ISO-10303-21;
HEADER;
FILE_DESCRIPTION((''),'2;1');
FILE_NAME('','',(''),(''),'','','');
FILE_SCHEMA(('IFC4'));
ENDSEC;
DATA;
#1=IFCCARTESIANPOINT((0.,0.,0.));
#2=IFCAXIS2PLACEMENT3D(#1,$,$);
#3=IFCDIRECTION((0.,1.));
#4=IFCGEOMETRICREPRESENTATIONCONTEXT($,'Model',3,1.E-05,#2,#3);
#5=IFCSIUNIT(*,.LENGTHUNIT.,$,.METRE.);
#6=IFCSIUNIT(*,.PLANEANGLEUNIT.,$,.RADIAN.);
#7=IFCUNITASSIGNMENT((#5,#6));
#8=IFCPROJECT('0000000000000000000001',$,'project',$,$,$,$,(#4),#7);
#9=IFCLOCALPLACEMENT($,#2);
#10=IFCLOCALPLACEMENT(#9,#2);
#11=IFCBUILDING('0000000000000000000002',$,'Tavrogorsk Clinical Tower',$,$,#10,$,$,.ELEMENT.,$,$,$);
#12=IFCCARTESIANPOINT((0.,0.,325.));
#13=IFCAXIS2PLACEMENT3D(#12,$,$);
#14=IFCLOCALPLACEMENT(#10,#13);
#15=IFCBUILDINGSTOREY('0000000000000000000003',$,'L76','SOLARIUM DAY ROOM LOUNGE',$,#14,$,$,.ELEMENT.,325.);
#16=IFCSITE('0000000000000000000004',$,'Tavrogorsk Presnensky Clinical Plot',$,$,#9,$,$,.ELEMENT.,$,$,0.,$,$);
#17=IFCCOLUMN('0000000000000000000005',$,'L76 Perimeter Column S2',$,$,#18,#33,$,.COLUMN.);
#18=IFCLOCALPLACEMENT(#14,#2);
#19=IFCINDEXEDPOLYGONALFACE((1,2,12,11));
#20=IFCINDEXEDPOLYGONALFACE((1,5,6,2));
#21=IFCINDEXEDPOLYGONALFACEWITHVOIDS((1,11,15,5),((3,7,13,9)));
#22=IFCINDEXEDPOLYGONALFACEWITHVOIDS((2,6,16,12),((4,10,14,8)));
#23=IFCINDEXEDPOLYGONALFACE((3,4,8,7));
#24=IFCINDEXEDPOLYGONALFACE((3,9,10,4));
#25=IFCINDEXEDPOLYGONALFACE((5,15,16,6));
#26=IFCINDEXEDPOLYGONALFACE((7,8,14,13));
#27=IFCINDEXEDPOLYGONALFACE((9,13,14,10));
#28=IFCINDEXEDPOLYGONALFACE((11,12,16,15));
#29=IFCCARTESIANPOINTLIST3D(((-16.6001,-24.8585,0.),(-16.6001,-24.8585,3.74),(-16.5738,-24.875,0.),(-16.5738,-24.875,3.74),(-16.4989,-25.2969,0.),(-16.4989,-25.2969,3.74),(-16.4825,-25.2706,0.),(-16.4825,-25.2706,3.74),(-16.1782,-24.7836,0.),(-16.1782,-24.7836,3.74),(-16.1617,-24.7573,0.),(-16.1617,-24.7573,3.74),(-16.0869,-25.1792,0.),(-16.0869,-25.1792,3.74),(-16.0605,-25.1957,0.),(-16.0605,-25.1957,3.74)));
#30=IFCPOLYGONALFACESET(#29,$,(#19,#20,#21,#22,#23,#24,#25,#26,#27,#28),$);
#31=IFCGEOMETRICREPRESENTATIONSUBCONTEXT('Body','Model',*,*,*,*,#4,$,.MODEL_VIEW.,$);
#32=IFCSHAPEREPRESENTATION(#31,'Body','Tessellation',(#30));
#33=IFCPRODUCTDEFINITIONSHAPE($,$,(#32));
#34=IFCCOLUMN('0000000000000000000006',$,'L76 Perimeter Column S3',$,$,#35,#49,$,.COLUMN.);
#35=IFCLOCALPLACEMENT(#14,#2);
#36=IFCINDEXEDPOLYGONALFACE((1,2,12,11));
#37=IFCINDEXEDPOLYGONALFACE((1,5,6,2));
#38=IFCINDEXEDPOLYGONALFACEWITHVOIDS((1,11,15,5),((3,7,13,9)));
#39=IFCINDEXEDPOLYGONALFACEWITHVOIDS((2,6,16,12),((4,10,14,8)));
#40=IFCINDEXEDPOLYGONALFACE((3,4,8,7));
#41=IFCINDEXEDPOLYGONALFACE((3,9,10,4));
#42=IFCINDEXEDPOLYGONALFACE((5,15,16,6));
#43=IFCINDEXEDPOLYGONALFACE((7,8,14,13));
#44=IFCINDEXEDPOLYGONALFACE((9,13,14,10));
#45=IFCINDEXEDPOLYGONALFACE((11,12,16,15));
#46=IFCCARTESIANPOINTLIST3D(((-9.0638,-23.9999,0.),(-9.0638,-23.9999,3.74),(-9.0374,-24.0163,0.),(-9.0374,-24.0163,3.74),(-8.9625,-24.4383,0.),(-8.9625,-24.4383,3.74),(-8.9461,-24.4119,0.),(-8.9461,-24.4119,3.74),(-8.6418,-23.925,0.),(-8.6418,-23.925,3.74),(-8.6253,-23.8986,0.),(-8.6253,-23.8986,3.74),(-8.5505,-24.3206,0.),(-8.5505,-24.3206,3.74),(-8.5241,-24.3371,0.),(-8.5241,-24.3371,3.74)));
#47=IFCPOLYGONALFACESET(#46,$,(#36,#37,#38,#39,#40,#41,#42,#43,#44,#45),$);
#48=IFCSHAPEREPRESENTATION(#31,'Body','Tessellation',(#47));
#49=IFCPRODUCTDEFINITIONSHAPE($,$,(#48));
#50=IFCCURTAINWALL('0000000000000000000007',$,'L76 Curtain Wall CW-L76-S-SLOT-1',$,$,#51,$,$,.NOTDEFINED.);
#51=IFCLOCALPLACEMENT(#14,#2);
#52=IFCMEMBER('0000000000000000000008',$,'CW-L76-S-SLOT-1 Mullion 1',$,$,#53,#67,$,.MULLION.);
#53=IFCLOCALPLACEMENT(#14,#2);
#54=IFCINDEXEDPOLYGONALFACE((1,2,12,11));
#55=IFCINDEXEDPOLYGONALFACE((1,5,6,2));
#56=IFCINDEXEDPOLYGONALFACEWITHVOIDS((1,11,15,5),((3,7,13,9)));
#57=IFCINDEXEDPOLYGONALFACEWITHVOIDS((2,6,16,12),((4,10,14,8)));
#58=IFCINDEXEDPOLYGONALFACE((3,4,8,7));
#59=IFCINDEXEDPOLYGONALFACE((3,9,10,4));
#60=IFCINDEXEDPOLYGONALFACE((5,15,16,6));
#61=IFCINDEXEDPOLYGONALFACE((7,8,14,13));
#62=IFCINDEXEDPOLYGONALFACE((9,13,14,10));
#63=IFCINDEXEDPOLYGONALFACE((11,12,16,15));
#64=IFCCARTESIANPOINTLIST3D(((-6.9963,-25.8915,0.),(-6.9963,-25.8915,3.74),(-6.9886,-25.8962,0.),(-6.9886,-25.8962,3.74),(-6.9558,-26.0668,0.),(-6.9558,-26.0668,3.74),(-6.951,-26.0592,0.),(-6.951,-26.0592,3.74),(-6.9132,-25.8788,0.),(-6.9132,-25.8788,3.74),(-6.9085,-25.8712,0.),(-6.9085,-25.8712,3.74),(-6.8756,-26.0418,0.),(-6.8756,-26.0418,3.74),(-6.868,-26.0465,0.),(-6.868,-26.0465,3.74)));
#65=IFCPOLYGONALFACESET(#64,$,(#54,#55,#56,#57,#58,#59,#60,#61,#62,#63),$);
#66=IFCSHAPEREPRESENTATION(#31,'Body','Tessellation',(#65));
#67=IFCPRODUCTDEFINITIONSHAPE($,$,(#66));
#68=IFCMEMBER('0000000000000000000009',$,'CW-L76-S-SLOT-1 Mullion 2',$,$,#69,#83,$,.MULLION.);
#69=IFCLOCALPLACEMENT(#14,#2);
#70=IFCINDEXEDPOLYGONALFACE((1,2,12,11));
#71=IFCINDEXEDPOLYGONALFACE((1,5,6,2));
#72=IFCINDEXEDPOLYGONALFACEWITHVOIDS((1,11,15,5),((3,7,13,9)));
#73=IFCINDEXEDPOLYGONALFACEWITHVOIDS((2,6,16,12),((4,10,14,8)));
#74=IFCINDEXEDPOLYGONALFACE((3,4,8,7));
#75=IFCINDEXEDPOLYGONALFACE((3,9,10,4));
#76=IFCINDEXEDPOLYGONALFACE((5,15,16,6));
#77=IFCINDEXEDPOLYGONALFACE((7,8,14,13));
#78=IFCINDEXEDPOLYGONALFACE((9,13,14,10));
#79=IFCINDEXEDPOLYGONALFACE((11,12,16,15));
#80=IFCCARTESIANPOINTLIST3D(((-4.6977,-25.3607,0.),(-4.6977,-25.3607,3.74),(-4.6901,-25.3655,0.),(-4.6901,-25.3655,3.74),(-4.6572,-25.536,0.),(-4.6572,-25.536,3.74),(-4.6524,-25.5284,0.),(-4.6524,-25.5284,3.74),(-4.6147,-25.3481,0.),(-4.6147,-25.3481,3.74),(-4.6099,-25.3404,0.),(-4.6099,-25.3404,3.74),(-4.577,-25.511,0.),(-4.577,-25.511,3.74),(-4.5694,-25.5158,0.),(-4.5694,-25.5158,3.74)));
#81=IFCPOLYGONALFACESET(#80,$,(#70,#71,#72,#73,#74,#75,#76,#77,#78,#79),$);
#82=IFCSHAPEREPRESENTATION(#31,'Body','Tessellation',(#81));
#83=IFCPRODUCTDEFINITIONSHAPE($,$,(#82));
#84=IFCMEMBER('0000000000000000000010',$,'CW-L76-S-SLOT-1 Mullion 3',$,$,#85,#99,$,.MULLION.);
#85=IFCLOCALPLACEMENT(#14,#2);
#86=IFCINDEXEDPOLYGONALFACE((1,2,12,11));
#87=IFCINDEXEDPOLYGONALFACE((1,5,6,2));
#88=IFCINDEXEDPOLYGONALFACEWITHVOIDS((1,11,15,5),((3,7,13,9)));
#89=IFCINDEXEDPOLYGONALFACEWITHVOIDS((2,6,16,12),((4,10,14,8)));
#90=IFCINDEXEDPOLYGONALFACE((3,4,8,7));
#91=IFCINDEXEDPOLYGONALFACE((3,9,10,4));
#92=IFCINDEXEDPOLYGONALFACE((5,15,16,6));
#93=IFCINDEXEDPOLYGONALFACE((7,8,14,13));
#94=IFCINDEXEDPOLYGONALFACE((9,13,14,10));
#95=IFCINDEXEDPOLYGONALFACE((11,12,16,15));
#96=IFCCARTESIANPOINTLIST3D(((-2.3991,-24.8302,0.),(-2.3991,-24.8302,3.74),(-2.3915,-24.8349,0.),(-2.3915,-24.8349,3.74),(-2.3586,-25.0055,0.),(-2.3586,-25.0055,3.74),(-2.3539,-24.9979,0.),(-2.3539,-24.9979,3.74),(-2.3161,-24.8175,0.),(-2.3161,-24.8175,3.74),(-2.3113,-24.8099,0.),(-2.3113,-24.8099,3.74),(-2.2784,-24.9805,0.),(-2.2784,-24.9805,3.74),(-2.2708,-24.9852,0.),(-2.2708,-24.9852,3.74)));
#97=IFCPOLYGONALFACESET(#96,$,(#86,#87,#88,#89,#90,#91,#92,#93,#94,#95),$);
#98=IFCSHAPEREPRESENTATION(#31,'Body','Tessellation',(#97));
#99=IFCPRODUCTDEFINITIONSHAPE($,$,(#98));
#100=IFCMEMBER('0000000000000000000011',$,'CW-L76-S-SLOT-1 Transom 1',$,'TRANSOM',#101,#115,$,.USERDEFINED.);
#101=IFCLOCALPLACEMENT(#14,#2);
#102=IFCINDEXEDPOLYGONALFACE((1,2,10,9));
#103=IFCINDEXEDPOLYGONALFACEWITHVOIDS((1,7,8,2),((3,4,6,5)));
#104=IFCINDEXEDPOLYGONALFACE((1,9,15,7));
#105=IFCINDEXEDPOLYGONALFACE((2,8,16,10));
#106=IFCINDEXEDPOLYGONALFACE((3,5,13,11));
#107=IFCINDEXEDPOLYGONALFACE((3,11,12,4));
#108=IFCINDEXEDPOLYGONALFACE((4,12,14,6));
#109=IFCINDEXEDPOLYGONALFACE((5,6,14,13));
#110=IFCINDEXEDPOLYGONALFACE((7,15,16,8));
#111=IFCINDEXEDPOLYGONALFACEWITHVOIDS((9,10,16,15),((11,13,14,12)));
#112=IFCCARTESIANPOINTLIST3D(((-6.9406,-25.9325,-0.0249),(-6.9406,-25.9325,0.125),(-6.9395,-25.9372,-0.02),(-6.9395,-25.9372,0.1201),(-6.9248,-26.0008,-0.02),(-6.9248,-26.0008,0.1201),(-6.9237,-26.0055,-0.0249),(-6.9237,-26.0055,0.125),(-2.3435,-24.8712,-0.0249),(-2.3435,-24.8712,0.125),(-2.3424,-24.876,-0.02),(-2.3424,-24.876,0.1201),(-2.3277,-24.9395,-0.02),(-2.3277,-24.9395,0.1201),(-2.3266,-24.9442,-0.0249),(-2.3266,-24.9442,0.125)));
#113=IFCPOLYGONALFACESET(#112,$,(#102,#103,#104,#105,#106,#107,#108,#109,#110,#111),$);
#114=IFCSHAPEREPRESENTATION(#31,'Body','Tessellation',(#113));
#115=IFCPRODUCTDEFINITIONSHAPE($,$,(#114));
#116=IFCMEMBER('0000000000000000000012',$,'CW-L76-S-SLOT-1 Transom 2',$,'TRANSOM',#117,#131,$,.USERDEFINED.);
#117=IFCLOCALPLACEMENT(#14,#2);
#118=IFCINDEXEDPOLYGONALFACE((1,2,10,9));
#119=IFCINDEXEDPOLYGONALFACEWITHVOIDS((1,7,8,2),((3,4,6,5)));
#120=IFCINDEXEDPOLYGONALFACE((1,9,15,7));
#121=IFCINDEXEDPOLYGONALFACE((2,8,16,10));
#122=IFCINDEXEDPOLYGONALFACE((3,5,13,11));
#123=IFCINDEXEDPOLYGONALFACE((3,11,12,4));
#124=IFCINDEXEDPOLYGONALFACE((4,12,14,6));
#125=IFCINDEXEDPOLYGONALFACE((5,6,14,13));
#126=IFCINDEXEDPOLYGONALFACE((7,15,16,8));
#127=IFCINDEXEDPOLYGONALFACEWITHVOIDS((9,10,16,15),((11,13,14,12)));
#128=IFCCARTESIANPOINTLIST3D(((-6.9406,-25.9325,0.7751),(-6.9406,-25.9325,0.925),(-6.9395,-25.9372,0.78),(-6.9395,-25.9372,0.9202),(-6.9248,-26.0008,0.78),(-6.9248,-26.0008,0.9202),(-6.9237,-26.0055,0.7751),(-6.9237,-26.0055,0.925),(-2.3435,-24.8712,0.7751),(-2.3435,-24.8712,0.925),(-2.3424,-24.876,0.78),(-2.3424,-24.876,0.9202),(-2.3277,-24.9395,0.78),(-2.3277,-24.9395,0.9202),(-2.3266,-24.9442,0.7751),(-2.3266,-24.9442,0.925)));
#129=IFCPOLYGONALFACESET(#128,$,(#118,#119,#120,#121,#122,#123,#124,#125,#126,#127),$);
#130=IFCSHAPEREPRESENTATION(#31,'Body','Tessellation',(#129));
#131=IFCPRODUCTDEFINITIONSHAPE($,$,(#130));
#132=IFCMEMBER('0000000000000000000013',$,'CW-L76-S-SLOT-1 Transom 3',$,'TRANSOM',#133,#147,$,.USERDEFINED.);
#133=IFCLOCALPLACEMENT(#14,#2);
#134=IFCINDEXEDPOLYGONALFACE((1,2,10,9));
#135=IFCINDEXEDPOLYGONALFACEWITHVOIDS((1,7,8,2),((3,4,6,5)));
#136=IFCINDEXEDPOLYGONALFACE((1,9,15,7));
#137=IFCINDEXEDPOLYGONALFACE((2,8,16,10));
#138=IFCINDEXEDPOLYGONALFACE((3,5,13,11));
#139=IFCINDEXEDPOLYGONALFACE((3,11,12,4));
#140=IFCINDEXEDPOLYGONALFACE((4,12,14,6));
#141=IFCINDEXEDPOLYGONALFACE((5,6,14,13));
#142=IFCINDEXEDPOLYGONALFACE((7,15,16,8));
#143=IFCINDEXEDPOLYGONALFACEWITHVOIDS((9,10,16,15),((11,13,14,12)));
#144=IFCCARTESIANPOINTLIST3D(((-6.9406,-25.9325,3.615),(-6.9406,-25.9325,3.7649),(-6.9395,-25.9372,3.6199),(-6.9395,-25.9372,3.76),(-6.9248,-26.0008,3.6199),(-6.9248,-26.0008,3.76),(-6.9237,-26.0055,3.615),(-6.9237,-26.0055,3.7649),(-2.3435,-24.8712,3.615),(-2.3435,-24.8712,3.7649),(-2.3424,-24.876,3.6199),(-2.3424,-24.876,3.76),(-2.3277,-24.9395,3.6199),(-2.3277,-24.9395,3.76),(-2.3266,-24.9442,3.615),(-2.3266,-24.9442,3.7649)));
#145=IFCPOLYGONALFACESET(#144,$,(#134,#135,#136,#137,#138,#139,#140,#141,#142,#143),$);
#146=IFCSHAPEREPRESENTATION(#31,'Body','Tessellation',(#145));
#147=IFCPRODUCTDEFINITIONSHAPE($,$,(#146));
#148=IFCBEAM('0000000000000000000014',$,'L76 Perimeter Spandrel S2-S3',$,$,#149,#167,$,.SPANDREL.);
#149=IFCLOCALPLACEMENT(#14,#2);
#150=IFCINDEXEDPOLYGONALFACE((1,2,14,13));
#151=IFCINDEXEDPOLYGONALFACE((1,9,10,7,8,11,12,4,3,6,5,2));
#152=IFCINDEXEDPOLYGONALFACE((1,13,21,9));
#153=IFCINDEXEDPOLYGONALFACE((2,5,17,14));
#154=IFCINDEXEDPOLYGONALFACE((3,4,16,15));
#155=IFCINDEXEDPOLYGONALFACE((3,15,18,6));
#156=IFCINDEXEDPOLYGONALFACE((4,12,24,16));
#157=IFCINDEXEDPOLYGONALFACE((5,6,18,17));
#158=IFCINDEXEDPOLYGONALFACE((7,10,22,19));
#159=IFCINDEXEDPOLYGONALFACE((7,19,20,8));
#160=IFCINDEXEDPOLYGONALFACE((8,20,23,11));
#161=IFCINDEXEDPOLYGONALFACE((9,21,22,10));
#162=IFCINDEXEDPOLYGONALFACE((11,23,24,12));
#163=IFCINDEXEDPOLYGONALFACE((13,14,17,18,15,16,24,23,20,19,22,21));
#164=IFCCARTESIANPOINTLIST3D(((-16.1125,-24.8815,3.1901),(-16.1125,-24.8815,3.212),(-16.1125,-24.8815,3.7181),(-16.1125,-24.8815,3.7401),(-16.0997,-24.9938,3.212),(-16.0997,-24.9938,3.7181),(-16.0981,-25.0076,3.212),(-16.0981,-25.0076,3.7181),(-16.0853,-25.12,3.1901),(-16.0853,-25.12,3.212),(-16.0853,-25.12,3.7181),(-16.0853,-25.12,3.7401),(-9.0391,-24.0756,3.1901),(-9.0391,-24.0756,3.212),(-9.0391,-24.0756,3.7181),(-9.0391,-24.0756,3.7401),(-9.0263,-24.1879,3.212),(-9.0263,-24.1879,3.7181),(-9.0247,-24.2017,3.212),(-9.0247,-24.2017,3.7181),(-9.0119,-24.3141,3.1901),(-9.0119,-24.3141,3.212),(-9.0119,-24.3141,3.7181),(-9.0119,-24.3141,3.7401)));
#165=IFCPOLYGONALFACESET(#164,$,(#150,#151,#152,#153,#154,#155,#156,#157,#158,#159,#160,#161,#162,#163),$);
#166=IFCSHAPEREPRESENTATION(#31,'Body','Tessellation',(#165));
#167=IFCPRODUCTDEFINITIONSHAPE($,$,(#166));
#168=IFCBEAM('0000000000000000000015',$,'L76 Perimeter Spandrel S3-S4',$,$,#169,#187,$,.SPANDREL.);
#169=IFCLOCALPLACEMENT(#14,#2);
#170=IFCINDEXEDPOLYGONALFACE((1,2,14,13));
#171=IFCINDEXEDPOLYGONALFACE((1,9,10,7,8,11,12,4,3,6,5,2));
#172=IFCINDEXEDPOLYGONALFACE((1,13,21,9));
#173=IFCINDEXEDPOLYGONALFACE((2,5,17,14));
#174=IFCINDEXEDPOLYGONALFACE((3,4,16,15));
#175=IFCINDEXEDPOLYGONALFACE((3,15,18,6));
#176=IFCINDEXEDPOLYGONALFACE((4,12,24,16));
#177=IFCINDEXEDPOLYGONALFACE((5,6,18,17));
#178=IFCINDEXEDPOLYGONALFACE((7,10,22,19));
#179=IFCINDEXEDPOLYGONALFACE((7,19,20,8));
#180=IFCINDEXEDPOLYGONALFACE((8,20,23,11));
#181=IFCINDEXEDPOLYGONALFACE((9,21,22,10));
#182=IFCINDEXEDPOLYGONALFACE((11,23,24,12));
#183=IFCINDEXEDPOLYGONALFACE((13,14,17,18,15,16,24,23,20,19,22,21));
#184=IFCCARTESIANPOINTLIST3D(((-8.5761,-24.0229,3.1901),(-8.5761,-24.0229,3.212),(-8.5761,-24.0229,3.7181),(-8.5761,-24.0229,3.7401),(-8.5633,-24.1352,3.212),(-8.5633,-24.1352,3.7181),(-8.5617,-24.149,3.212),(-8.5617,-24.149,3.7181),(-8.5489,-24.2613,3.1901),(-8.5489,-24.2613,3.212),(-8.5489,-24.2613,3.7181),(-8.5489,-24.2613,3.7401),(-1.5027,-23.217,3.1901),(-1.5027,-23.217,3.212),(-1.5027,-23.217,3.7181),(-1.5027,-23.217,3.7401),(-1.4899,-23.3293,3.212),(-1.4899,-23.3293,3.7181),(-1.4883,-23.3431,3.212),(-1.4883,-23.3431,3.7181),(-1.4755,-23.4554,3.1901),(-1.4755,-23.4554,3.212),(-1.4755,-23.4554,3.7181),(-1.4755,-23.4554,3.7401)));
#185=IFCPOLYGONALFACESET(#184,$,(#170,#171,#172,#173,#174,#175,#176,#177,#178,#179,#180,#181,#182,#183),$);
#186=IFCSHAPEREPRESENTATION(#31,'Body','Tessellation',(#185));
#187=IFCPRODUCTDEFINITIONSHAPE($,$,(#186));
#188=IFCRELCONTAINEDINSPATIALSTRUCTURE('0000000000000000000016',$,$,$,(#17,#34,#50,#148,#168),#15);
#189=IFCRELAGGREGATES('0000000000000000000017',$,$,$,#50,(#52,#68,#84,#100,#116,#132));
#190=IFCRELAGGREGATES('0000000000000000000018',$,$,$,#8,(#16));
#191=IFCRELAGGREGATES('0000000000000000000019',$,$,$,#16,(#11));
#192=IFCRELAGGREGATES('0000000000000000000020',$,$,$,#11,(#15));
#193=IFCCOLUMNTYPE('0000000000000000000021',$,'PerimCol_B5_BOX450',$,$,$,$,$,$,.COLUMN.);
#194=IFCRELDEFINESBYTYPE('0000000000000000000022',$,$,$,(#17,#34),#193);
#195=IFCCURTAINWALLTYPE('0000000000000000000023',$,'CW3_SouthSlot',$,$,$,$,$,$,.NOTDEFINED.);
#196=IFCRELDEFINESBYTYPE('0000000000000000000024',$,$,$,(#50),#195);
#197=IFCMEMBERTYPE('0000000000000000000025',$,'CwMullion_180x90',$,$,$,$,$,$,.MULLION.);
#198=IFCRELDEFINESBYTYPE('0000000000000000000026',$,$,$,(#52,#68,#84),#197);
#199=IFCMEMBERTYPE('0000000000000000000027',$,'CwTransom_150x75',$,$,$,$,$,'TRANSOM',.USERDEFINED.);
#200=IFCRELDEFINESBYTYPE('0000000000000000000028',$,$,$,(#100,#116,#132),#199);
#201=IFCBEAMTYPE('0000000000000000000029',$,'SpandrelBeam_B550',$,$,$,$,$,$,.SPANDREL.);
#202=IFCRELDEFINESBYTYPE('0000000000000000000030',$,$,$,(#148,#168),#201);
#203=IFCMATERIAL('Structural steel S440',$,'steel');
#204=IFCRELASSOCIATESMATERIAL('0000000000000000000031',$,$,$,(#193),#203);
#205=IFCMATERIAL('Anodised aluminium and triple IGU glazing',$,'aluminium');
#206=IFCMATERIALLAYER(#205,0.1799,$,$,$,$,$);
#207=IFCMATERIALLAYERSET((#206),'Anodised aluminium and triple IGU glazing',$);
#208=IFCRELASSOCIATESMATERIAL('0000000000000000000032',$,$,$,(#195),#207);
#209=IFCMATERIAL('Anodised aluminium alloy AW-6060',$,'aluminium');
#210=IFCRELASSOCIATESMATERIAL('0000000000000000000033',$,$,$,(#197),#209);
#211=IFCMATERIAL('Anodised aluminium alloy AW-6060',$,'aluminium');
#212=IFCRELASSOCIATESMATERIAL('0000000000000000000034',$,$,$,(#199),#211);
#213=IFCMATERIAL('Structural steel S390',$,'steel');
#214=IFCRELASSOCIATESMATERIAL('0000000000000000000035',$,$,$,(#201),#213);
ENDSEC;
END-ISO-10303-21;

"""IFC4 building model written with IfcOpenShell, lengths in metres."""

from ifc_helpers import new_model, si_unit, direction, frame, origin, origin_2d, place, context, subcontext, project, spatial, hollow_rectangle, i_section, extrude, material, layer, layer_set, material_profile, profile_set, type_object, element, aggregate, save


model = new_model("IFC4")

# Units and contexts
model_context = context("Model", 3, precision=1e-05, world=origin(), true_north=direction((0.0, 1.0)))
body_context = subcontext(model_context, "Body", "Model", "MODEL_VIEW")
ifc_project = project(units=[si_unit("LENGTHUNIT", "METRE"), si_unit("PLANEANGLEUNIT", "RADIAN")], contexts=[model_context])

# Site, building, storey
site_placement = place(None, origin())
site = spatial("IfcSite", under=ifc_project, at=site_placement, Name="Tavrogorsk Presnensky Clinical Plot", CompositionType="ELEMENT", RefElevation=0.0)
building_placement = place(site_placement, origin())
building = spatial("IfcBuilding", under=site, at=building_placement, Name="Tavrogorsk Clinical Tower", CompositionType="ELEMENT")
storey_placement = place(building_placement, frame((0.0, 0.0, 325.0)))
storey = spatial("IfcBuildingStorey", under=building, at=storey_placement, Name="L76", Description="SOLARIUM DAY ROOM LOUNGE", CompositionType="ELEMENT", Elevation=325.0)

# Columns
ifc_material_1 = material(Name="Structural steel S440", Category="steel")
ifc_material_profile_1 = material_profile(ifc_material_1, hollow_rectangle(XDim=0.45, YDim=0.45, WallThickness=0.022, at=origin_2d()), Name="BOX-450x450x22")
ifc_profile_set_1 = profile_set([ifc_material_profile_1], Name="Structural steel S440")
column_type = type_object("IfcColumnType", Name="PerimCol_B5_BOX450", PredefinedType="COLUMN", material=ifc_profile_set_1)
for number, where, z_axis, x_axis, name in (
    (1, (-16.3303, -25.0271, 0.0), (0.0, 0.0, 1.0), (0.97437, 0.224951, 0.0), "L76 Perimeter Column S2"),
    (2, (-8.7939, -24.1685, 0.0), (0.0, 0.0, 1.0), (0.97437, 0.224951, 0.0), "L76 Perimeter Column S3"),
):
    element("IfcColumn", number, at=place(storey_placement, frame(where, z_axis=z_axis, x_axis=x_axis)), inside=storey, type_object=column_type, Name=name, PredefinedType="COLUMN", context=body_context, shape_type="SweptSolid", body=[
        extrude(hollow_rectangle(XDim=0.45, YDim=0.45, WallThickness=0.022, at=origin_2d()), origin(), (0.0, 0.0, 1.0), 3.74),
    ])

# Curtain wall, members
ifc_material_2 = material(Name="Anodised aluminium and triple IGU glazing", Category="aluminium")
ifc_layer_1 = layer(ifc_material_2, 0.1799)
ifc_layer_set_1 = layer_set([ifc_layer_1], Name="Anodised aluminium and triple IGU glazing")
curtain_wall_type = type_object("IfcCurtainWallType", Name="CW3_SouthSlot", PredefinedType="NOTDEFINED", material=ifc_layer_set_1)
curtain_wall_placement = place(storey_placement, origin())
curtain_wall = element("IfcCurtainWall", 3, at=curtain_wall_placement, inside=storey, type_object=curtain_wall_type, Name="L76 Curtain Wall CW-L76-S-SLOT-1", PredefinedType="NOTDEFINED")
ifc_material_3 = material(Name="Anodised aluminium alloy AW-6060", Category="aluminium")
ifc_material_profile_2 = material_profile(ifc_material_3, hollow_rectangle(XDim=0.0901, YDim=0.1799, WallThickness=0.0063, at=origin_2d()), Name="RHS-180x90x6.3")
ifc_profile_set_2 = profile_set([ifc_material_profile_2], Name="Anodised aluminium alloy AW-6060")
member_type_1 = type_object("IfcMemberType", Name="CwMullion_180x90", PredefinedType="MULLION", material=ifc_profile_set_2)
member_1_placement = place(storey_placement, frame((-6.9321, -25.969, 0.0), z_axis=(0.0, 0.0, 1.0), x_axis=(0.97437, 0.224951, 0.0)))
member_1 = element("IfcMember", 4, at=member_1_placement, type_object=member_type_1, Name="CW-L76-S-SLOT-1 Mullion 1", PredefinedType="MULLION", context=body_context, shape_type="SweptSolid", body=[
    extrude(hollow_rectangle(XDim=0.0901, YDim=0.1799, WallThickness=0.0063, at=origin_2d()), origin(), (0.0, 0.0, 1.0), 3.74),
])
member_2_placement = place(storey_placement, frame((-4.6335, -25.4382, 0.0), z_axis=(0.0, 0.0, 1.0), x_axis=(0.97437, 0.224951, 0.0)))
member_2 = element("IfcMember", 5, at=member_2_placement, type_object=member_type_1, Name="CW-L76-S-SLOT-1 Mullion 2", PredefinedType="MULLION", context=body_context, shape_type="SweptSolid", body=[
    extrude(hollow_rectangle(XDim=0.0901, YDim=0.1799, WallThickness=0.0063, at=origin_2d()), origin(), (0.0, 0.0, 1.0), 3.74),
])
member_3_placement = place(storey_placement, frame((-2.335, -24.9077, 0.0), z_axis=(0.0, 0.0, 1.0), x_axis=(0.97437, 0.224951, 0.0)))
member_3 = element("IfcMember", 6, at=member_3_placement, type_object=member_type_1, Name="CW-L76-S-SLOT-1 Mullion 3", PredefinedType="MULLION", context=body_context, shape_type="SweptSolid", body=[
    extrude(hollow_rectangle(XDim=0.0901, YDim=0.1799, WallThickness=0.0063, at=origin_2d()), origin(), (0.0, 0.0, 1.0), 3.74),
])
ifc_material_4 = material(Name="Anodised aluminium alloy AW-6060", Category="aluminium")
ifc_material_profile_3 = material_profile(ifc_material_4, hollow_rectangle(XDim=0.075, YDim=0.1499, WallThickness=0.0049, at=origin_2d()), Name="RHS-150x75x5")
ifc_profile_set_3 = profile_set([ifc_material_profile_3], Name="Anodised aluminium alloy AW-6060")
member_type_2 = type_object("IfcMemberType", Name="CwTransom_150x75", ElementType="TRANSOM", PredefinedType="USERDEFINED", material=ifc_profile_set_3)
member_4_placement = place(storey_placement, frame((-6.9321, -25.969, 0.05), z_axis=(0.974373, 0.224939, 0.0), x_axis=(-0.224939, 0.974373, 0.0)))
member_4 = element("IfcMember", 7, at=member_4_placement, type_object=member_type_2, Name="CW-L76-S-SLOT-1 Transom 1", ObjectType="TRANSOM", PredefinedType="USERDEFINED", context=body_context, shape_type="SweptSolid", body=[
    extrude(hollow_rectangle(XDim=0.075, YDim=0.1499, WallThickness=0.0049, at=origin_2d()), origin(), (0.0, 0.0, 1.0), 4.718),
])
member_5_placement = place(storey_placement, frame((-6.9321, -25.969, 0.8501), z_axis=(0.974373, 0.224939, 0.0), x_axis=(-0.224939, 0.974373, 0.0)))
member_5 = element("IfcMember", 8, at=member_5_placement, type_object=member_type_2, Name="CW-L76-S-SLOT-1 Transom 2", ObjectType="TRANSOM", PredefinedType="USERDEFINED", context=body_context, shape_type="SweptSolid", body=[
    extrude(hollow_rectangle(XDim=0.075, YDim=0.1499, WallThickness=0.0049, at=origin_2d()), origin(), (0.0, 0.0, 1.0), 4.718),
])
member_6_placement = place(storey_placement, frame((-6.9321, -25.969, 3.6899), z_axis=(0.974373, 0.224939, 0.0), x_axis=(-0.224939, 0.974373, 0.0)))
member_6 = element("IfcMember", 9, at=member_6_placement, type_object=member_type_2, Name="CW-L76-S-SLOT-1 Transom 3", ObjectType="TRANSOM", PredefinedType="USERDEFINED", context=body_context, shape_type="SweptSolid", body=[
    extrude(hollow_rectangle(XDim=0.075, YDim=0.1499, WallThickness=0.0049, at=origin_2d()), origin(), (0.0, 0.0, 1.0), 4.718),
])

# Beams
ifc_material_5 = material(Name="Structural steel S390", Category="steel")
ifc_material_profile_4 = material_profile(ifc_material_5, i_section(OverallWidth=0.24, OverallDepth=0.55, WebThickness=0.0139, FlangeThickness=0.022, at=origin_2d()), Name="B-550x240x14x22")
ifc_profile_set_4 = profile_set([ifc_material_profile_4], Name="Structural steel S390")
beam_type = type_object("IfcBeamType", Name="SpandrelBeam_B550", PredefinedType="SPANDREL", material=ifc_profile_set_4)
for number, where, z_axis, x_axis, name in (
    (10, (-16.0989, -25.0007, 3.4651), (0.993572, 0.113201, 0.0), (-0.113201, 0.993572, 0.0), "L76 Perimeter Spandrel S2-S3"),
    (11, (-8.5625, -24.1421, 3.4651), (0.993572, 0.113201, 0.0), (-0.113201, 0.993572, 0.0), "L76 Perimeter Spandrel S3-S4"),
):
    element("IfcBeam", number, at=place(storey_placement, frame(where, z_axis=z_axis, x_axis=x_axis)), inside=storey, type_object=beam_type, Name=name, PredefinedType="SPANDREL", context=body_context, shape_type="SweptSolid", body=[
        extrude(i_section(OverallWidth=0.24, OverallDepth=0.55, WebThickness=0.0139, FlangeThickness=0.022, at=origin_2d()), origin(), (0.0, 0.0, 1.0), 7.1191),
    ])

aggregate(curtain_wall, [member_1, member_2, member_3, member_4, member_5, member_6])

save(model, "model.ifc")
